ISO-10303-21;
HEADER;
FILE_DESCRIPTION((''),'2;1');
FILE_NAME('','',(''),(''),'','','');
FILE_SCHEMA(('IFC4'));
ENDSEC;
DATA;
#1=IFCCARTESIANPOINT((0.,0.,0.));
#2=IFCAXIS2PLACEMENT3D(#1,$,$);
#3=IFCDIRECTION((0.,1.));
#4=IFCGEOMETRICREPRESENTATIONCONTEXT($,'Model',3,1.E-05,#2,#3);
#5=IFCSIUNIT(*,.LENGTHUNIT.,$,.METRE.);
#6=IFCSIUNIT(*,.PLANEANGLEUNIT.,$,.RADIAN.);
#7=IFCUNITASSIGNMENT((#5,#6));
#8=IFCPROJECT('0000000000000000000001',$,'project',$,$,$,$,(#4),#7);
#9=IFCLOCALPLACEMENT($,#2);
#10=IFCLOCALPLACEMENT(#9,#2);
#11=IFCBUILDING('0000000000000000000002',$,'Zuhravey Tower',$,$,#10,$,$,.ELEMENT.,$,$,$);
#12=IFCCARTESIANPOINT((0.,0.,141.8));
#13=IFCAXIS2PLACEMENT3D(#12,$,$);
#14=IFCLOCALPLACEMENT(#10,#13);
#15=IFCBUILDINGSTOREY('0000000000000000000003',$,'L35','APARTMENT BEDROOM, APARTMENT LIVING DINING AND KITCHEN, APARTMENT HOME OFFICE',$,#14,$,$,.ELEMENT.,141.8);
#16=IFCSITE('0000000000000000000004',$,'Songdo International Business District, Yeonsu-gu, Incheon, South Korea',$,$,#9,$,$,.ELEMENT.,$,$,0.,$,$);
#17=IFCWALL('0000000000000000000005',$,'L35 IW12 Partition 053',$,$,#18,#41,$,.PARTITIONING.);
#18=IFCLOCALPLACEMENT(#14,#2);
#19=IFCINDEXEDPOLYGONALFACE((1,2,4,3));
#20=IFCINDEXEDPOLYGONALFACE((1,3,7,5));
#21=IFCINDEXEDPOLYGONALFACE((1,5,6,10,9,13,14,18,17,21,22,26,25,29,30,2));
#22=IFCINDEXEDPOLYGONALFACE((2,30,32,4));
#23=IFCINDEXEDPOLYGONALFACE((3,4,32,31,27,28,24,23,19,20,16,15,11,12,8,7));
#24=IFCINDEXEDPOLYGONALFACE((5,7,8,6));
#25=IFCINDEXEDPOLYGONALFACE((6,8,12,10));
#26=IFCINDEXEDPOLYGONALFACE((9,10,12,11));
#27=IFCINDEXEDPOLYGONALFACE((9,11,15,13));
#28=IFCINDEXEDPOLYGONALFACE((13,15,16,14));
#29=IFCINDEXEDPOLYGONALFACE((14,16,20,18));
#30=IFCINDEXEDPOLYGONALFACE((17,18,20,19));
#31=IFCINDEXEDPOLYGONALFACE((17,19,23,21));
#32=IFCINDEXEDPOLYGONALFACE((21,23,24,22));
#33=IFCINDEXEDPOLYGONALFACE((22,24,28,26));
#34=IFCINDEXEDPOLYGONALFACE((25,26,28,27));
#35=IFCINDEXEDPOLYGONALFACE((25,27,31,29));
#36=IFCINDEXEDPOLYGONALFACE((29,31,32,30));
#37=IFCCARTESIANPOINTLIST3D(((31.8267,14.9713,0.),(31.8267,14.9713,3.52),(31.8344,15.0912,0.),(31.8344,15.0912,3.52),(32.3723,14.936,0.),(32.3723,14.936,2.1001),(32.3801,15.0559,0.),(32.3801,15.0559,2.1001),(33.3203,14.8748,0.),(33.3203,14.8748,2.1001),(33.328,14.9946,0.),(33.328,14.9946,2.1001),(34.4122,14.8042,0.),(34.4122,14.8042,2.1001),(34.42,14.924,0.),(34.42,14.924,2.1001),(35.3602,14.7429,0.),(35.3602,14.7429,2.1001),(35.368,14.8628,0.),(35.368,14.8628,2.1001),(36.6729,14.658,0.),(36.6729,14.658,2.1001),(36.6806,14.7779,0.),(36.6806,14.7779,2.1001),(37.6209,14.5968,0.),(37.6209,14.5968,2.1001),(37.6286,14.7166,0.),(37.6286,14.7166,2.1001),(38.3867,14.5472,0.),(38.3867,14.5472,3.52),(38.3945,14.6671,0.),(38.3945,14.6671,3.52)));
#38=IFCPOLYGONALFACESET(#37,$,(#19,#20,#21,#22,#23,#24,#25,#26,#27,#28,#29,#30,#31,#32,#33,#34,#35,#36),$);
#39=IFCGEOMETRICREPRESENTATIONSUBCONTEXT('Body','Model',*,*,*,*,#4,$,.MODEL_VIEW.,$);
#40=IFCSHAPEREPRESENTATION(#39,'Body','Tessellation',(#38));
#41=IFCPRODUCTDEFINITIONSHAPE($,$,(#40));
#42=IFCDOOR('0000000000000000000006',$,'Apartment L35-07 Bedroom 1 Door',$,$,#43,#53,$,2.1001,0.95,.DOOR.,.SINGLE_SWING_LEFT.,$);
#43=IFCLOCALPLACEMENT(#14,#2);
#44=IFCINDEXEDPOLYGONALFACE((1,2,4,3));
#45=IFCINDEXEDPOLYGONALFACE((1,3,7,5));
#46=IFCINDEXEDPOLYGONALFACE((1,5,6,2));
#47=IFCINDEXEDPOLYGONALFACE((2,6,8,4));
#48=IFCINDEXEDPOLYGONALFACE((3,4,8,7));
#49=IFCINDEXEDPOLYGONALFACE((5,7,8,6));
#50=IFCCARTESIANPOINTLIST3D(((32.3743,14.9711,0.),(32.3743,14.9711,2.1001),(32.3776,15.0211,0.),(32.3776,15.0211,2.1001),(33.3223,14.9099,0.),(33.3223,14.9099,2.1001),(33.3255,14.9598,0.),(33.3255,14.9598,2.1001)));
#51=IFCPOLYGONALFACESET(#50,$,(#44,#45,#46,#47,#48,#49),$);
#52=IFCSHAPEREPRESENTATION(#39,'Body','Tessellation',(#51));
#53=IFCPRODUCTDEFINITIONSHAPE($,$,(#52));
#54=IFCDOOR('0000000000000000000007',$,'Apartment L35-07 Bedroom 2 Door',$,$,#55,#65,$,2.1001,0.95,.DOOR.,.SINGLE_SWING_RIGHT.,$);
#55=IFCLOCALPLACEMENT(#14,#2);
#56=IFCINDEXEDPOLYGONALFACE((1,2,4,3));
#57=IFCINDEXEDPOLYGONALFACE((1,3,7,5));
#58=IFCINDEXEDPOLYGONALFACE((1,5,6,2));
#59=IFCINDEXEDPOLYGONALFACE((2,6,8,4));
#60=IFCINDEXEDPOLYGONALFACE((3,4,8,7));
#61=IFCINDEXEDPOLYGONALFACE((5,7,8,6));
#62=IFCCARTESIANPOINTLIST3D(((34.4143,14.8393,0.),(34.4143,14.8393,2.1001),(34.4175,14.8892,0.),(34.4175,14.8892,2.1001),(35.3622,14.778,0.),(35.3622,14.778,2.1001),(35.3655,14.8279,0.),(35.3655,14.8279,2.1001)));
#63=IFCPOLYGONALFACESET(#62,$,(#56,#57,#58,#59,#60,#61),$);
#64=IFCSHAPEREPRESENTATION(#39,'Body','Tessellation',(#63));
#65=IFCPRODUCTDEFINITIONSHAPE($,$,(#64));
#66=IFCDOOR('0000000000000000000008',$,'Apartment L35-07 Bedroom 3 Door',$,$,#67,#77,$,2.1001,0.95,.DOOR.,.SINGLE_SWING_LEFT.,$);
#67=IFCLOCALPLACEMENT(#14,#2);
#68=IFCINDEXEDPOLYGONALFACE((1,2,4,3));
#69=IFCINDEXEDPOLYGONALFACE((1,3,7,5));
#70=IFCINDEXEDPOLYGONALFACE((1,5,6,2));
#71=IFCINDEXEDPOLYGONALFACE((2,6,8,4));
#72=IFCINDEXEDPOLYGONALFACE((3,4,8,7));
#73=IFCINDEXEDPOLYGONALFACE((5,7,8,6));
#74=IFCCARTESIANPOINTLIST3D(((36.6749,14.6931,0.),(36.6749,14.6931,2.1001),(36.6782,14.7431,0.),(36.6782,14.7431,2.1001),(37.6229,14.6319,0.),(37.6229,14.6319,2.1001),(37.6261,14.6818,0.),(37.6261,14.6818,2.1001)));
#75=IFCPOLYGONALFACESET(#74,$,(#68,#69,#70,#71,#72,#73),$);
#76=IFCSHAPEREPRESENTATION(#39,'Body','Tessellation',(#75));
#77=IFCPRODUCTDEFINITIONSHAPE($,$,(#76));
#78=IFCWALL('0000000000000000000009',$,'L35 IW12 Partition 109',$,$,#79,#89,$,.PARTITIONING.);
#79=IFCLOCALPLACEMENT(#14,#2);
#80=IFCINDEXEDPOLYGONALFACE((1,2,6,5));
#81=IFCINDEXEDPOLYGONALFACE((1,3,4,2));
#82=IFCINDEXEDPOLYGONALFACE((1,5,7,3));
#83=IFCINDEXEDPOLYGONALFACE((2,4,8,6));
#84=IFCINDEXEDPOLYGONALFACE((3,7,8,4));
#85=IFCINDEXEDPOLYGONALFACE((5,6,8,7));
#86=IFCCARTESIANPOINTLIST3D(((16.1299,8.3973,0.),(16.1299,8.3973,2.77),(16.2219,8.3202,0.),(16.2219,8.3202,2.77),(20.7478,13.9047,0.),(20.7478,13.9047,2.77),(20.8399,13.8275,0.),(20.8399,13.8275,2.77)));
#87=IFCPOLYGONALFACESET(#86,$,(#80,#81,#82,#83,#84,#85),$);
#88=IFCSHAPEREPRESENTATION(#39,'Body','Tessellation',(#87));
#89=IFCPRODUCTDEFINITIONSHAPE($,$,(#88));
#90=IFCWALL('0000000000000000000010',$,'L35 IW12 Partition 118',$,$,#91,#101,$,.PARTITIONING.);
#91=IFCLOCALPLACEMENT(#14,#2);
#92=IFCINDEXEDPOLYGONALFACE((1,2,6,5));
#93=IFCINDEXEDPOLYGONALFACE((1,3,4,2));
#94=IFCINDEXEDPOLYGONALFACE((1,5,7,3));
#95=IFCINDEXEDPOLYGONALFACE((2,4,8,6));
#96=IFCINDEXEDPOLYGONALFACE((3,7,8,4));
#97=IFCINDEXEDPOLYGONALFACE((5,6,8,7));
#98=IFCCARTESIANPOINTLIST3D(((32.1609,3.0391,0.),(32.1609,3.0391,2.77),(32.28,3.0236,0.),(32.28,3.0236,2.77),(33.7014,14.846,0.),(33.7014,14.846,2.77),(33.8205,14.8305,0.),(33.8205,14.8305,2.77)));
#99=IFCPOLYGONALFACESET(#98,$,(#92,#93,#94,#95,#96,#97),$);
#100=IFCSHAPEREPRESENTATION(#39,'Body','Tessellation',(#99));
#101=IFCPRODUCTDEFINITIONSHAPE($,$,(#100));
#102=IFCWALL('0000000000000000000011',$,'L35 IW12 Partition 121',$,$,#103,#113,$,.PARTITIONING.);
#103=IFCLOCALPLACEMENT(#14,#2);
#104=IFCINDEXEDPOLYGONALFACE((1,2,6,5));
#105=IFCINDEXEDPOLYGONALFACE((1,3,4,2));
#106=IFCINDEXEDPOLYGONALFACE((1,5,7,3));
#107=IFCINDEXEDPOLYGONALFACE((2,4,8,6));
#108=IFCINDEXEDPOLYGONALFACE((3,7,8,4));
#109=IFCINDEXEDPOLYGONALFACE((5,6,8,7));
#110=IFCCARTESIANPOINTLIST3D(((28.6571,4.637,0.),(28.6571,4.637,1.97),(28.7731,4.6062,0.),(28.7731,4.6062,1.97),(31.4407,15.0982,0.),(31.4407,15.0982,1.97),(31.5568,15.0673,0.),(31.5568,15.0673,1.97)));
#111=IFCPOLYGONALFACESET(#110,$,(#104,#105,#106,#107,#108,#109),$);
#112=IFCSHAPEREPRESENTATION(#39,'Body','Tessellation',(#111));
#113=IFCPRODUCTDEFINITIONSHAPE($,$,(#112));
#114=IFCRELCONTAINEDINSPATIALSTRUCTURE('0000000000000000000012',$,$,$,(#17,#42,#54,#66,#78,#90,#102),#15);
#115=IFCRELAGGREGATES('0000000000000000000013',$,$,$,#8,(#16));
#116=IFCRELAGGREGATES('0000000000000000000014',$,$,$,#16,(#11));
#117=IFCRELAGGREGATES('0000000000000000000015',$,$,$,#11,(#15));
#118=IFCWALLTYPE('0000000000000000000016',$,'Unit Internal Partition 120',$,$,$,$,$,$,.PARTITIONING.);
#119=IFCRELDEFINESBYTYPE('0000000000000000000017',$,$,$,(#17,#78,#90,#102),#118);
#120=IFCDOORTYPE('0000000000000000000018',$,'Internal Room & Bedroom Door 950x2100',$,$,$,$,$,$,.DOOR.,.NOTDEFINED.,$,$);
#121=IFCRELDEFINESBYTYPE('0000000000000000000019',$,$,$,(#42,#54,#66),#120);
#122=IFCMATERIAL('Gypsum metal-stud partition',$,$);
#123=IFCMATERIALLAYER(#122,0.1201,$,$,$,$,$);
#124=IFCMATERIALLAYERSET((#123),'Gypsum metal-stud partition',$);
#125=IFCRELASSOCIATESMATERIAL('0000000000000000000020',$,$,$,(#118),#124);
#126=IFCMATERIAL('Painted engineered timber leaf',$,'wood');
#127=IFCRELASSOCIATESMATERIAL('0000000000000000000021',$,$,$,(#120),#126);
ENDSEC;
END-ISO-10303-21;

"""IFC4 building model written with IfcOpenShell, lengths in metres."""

from ifc_helpers import new_model, si_unit, direction, frame, frame_2d, origin, place, context, subcontext, project, spatial, rectangle, extrude, material, layer, layer_set, type_object, element, fill, save


model = new_model("IFC4")

# Units and contexts
model_context = context("Model", 3, precision=1e-05, world=origin(), true_north=direction((0.0, 1.0)))
body_context = subcontext(model_context, "Body", "Model", "MODEL_VIEW")
ifc_project = project(units=[si_unit("LENGTHUNIT", "METRE"), si_unit("PLANEANGLEUNIT", "RADIAN")], contexts=[model_context])

# Site, building, storey
site_placement = place(None, origin())
site = spatial("IfcSite", under=ifc_project, at=site_placement, Name="Songdo International Business District, Yeonsu-gu, Incheon, South Korea", CompositionType="ELEMENT", RefElevation=0.0)
building_placement = place(site_placement, origin())
building = spatial("IfcBuilding", under=site, at=building_placement, Name="Zuhravey Tower", CompositionType="ELEMENT")
storey_placement = place(building_placement, frame((0.0, 0.0, 141.8)))
storey = spatial("IfcBuildingStorey", under=building, at=storey_placement, Name="L35", Description="APARTMENT BEDROOM, APARTMENT LIVING DINING AND KITCHEN, APARTMENT HOME OFFICE", CompositionType="ELEMENT", Elevation=141.8)

# Shared definitions
ifc_material_1 = material(Name="Gypsum metal-stud partition")
ifc_layer = layer(ifc_material_1, 0.1201)
ifc_layer_set = layer_set([ifc_layer], Name="Gypsum metal-stud partition")
wall_type = type_object("IfcWallType", Name="Unit Internal Partition 120", PredefinedType="PARTITIONING", material=ifc_layer_set)
ifc_material_2 = material(Name="Painted engineered timber leaf", Category="wood")
door_type_1 = type_object("IfcDoorType", Name="Internal Room & Bedroom Door 950x2100", OperationType="NOTDEFINED", PredefinedType="DOOR", material=ifc_material_2)

# Wall, openings, doors
wall_1_placement = place(storey_placement, frame((31.8306, 15.0312, 0.0), z_axis=(0.0, 0.0, 1.0), x_axis=(0.997917, -0.06451, 0.0)))
wall_1 = element("IfcWall", 1, at=wall_1_placement, inside=storey, type_object=wall_type, Name="L35 IW12 Partition 053", PredefinedType="PARTITIONING", context=body_context, shape_type="SweptSolid", body=[
    extrude(rectangle(XDim=6.5737, YDim=0.1201, at=frame_2d((3.2869, 0.0))), origin(), (0.0, 0.0, 1.0), 3.52),
])
opening_1_placement = place(wall_1_placement, frame((0.5466, 0.0, 0.0)))
opening_1 = element("IfcOpeningElement", 2, at=opening_1_placement, cuts=wall_1, PredefinedType="OPENING", context=body_context, shape_type="SweptSolid", body=[
    extrude(rectangle(XDim=0.95, YDim=2.1001, at=frame_2d((0.4751, 1.05))), frame((0.0, 0.072, 0.0), z_axis=(0.0, -1.0, 0.0), x_axis=(1.0, 0.0, 0.0)), (0.0, 0.0, 1.0), 0.144),
])
opening_2_placement = place(wall_1_placement, frame((2.5908, 0.0, 0.0)))
opening_2 = element("IfcOpeningElement", 3, at=opening_2_placement, cuts=wall_1, PredefinedType="OPENING", context=body_context, shape_type="SweptSolid", body=[
    extrude(rectangle(XDim=0.95, YDim=2.1001, at=frame_2d((0.4751, 1.05))), frame((0.0, 0.072, 0.0), z_axis=(0.0, -1.0, 0.0), x_axis=(1.0, 0.0, 0.0)), (0.0, 0.0, 1.0), 0.144),
])
opening_3_placement = place(wall_1_placement, frame((4.8562, 0.0, 0.0)))
opening_3 = element("IfcOpeningElement", 4, at=opening_3_placement, cuts=wall_1, PredefinedType="OPENING", context=body_context, shape_type="SweptSolid", body=[
    extrude(rectangle(XDim=0.95, YDim=2.1001, at=frame_2d((0.4751, 1.05))), frame((0.0, 0.072, 0.0), z_axis=(0.0, -1.0, 0.0), x_axis=(1.0, 0.0, 0.0)), (0.0, 0.0, 1.0), 0.144),
])
door_1_placement = place(opening_1_placement, frame((0.95, 0.0, 0.0), z_axis=(0.0, 0.0, 1.0), x_axis=(-1.0, 0.0, 0.0)))
door_1 = element("IfcDoor", 5, at=door_1_placement, inside=storey, type_object=door_type_1, Name="Apartment L35-07 Bedroom 1 Door", OperationType="SINGLE_SWING_LEFT", OverallHeight=2.1001, OverallWidth=0.95, PredefinedType="DOOR", context=body_context, shape_type="SweptSolid", body=[
    extrude(rectangle(XDim=0.95, YDim=2.1001, at=frame_2d((0.4751, 1.05))), frame((0.0, 0.0249, 0.0), z_axis=(0.0, -1.0, 0.0), x_axis=(1.0, 0.0, 0.0)), (0.0, 0.0, 1.0), 0.05),
])
fill(opening_1, door_1)
door_2_placement = place(opening_2_placement, frame((0.95, 0.0, 0.0), z_axis=(0.0, 0.0, 1.0), x_axis=(-1.0, 0.0, 0.0)))
door_2 = element("IfcDoor", 6, at=door_2_placement, inside=storey, type_object=door_type_1, Name="Apartment L35-07 Bedroom 2 Door", OperationType="SINGLE_SWING_RIGHT", OverallHeight=2.1001, OverallWidth=0.95, PredefinedType="DOOR", context=body_context, shape_type="SweptSolid", body=[
    extrude(rectangle(XDim=0.95, YDim=2.1001, at=frame_2d((0.4751, 1.05))), frame((0.0, 0.0249, 0.0), z_axis=(0.0, -1.0, 0.0), x_axis=(1.0, 0.0, 0.0)), (0.0, 0.0, 1.0), 0.05),
])
fill(opening_2, door_2)
door_3_placement = place(opening_3_placement, frame((0.95, 0.0, 0.0), z_axis=(0.0, 0.0, 1.0), x_axis=(-1.0, 0.0, 0.0)))
door_3 = element("IfcDoor", 7, at=door_3_placement, inside=storey, type_object=door_type_1, Name="Apartment L35-07 Bedroom 3 Door", OperationType="SINGLE_SWING_LEFT", OverallHeight=2.1001, OverallWidth=0.95, PredefinedType="DOOR", context=body_context, shape_type="SweptSolid", body=[
    extrude(rectangle(XDim=0.95, YDim=2.1001, at=frame_2d((0.4751, 1.05))), frame((0.0, 0.0249, 0.0), z_axis=(0.0, -1.0, 0.0), x_axis=(1.0, 0.0, 0.0)), (0.0, 0.0, 1.0), 0.05),
])
fill(opening_3, door_3)

# Walls
wall_2_placement = place(storey_placement, frame((20.7939, 13.8662, 0.0), z_axis=(0.0, 0.0, 1.0), x_axis=(-0.64252, -0.766269, 0.0)))
element("IfcWall", 8, at=wall_2_placement, inside=storey, type_object=wall_type, Name="L35 IW12 Partition 109", PredefinedType="PARTITIONING", context=body_context, shape_type="SweptSolid", body=[
    extrude(rectangle(XDim=7.1873, YDim=0.1201, at=frame_2d((3.5938, 0.0))), origin(), (0.0, 0.0, 1.0), 2.77),
])
wall_3_placement = place(storey_placement, frame((33.761, 14.8384, 0.0), z_axis=(0.0, 0.0, 1.0), x_axis=(-0.12938, -0.991595, 0.0)))
element("IfcWall", 9, at=wall_3_placement, inside=storey, type_object=wall_type, Name="L35 IW12 Partition 118", PredefinedType="PARTITIONING", context=body_context, shape_type="SweptSolid", body=[
    extrude(rectangle(XDim=11.907, YDim=0.1201, at=frame_2d((5.9536, 0.0))), origin(), (0.0, 0.0, 1.0), 2.77),
])
wall_4_placement = place(storey_placement, frame((31.4988, 15.0828, 0.0), z_axis=(0.0, 0.0, 1.0), x_axis=(-0.257149, -0.966372, 0.0)))
element("IfcWall", 10, at=wall_4_placement, inside=storey, type_object=wall_type, Name="L35 IW12 Partition 121", PredefinedType="PARTITIONING", context=body_context, shape_type="SweptSolid", body=[
    extrude(rectangle(XDim=10.8252, YDim=0.1201, at=frame_2d((5.4126, 0.0))), origin(), (0.0, 0.0, 1.0), 1.97),
])

save(model, "model.ifc")
